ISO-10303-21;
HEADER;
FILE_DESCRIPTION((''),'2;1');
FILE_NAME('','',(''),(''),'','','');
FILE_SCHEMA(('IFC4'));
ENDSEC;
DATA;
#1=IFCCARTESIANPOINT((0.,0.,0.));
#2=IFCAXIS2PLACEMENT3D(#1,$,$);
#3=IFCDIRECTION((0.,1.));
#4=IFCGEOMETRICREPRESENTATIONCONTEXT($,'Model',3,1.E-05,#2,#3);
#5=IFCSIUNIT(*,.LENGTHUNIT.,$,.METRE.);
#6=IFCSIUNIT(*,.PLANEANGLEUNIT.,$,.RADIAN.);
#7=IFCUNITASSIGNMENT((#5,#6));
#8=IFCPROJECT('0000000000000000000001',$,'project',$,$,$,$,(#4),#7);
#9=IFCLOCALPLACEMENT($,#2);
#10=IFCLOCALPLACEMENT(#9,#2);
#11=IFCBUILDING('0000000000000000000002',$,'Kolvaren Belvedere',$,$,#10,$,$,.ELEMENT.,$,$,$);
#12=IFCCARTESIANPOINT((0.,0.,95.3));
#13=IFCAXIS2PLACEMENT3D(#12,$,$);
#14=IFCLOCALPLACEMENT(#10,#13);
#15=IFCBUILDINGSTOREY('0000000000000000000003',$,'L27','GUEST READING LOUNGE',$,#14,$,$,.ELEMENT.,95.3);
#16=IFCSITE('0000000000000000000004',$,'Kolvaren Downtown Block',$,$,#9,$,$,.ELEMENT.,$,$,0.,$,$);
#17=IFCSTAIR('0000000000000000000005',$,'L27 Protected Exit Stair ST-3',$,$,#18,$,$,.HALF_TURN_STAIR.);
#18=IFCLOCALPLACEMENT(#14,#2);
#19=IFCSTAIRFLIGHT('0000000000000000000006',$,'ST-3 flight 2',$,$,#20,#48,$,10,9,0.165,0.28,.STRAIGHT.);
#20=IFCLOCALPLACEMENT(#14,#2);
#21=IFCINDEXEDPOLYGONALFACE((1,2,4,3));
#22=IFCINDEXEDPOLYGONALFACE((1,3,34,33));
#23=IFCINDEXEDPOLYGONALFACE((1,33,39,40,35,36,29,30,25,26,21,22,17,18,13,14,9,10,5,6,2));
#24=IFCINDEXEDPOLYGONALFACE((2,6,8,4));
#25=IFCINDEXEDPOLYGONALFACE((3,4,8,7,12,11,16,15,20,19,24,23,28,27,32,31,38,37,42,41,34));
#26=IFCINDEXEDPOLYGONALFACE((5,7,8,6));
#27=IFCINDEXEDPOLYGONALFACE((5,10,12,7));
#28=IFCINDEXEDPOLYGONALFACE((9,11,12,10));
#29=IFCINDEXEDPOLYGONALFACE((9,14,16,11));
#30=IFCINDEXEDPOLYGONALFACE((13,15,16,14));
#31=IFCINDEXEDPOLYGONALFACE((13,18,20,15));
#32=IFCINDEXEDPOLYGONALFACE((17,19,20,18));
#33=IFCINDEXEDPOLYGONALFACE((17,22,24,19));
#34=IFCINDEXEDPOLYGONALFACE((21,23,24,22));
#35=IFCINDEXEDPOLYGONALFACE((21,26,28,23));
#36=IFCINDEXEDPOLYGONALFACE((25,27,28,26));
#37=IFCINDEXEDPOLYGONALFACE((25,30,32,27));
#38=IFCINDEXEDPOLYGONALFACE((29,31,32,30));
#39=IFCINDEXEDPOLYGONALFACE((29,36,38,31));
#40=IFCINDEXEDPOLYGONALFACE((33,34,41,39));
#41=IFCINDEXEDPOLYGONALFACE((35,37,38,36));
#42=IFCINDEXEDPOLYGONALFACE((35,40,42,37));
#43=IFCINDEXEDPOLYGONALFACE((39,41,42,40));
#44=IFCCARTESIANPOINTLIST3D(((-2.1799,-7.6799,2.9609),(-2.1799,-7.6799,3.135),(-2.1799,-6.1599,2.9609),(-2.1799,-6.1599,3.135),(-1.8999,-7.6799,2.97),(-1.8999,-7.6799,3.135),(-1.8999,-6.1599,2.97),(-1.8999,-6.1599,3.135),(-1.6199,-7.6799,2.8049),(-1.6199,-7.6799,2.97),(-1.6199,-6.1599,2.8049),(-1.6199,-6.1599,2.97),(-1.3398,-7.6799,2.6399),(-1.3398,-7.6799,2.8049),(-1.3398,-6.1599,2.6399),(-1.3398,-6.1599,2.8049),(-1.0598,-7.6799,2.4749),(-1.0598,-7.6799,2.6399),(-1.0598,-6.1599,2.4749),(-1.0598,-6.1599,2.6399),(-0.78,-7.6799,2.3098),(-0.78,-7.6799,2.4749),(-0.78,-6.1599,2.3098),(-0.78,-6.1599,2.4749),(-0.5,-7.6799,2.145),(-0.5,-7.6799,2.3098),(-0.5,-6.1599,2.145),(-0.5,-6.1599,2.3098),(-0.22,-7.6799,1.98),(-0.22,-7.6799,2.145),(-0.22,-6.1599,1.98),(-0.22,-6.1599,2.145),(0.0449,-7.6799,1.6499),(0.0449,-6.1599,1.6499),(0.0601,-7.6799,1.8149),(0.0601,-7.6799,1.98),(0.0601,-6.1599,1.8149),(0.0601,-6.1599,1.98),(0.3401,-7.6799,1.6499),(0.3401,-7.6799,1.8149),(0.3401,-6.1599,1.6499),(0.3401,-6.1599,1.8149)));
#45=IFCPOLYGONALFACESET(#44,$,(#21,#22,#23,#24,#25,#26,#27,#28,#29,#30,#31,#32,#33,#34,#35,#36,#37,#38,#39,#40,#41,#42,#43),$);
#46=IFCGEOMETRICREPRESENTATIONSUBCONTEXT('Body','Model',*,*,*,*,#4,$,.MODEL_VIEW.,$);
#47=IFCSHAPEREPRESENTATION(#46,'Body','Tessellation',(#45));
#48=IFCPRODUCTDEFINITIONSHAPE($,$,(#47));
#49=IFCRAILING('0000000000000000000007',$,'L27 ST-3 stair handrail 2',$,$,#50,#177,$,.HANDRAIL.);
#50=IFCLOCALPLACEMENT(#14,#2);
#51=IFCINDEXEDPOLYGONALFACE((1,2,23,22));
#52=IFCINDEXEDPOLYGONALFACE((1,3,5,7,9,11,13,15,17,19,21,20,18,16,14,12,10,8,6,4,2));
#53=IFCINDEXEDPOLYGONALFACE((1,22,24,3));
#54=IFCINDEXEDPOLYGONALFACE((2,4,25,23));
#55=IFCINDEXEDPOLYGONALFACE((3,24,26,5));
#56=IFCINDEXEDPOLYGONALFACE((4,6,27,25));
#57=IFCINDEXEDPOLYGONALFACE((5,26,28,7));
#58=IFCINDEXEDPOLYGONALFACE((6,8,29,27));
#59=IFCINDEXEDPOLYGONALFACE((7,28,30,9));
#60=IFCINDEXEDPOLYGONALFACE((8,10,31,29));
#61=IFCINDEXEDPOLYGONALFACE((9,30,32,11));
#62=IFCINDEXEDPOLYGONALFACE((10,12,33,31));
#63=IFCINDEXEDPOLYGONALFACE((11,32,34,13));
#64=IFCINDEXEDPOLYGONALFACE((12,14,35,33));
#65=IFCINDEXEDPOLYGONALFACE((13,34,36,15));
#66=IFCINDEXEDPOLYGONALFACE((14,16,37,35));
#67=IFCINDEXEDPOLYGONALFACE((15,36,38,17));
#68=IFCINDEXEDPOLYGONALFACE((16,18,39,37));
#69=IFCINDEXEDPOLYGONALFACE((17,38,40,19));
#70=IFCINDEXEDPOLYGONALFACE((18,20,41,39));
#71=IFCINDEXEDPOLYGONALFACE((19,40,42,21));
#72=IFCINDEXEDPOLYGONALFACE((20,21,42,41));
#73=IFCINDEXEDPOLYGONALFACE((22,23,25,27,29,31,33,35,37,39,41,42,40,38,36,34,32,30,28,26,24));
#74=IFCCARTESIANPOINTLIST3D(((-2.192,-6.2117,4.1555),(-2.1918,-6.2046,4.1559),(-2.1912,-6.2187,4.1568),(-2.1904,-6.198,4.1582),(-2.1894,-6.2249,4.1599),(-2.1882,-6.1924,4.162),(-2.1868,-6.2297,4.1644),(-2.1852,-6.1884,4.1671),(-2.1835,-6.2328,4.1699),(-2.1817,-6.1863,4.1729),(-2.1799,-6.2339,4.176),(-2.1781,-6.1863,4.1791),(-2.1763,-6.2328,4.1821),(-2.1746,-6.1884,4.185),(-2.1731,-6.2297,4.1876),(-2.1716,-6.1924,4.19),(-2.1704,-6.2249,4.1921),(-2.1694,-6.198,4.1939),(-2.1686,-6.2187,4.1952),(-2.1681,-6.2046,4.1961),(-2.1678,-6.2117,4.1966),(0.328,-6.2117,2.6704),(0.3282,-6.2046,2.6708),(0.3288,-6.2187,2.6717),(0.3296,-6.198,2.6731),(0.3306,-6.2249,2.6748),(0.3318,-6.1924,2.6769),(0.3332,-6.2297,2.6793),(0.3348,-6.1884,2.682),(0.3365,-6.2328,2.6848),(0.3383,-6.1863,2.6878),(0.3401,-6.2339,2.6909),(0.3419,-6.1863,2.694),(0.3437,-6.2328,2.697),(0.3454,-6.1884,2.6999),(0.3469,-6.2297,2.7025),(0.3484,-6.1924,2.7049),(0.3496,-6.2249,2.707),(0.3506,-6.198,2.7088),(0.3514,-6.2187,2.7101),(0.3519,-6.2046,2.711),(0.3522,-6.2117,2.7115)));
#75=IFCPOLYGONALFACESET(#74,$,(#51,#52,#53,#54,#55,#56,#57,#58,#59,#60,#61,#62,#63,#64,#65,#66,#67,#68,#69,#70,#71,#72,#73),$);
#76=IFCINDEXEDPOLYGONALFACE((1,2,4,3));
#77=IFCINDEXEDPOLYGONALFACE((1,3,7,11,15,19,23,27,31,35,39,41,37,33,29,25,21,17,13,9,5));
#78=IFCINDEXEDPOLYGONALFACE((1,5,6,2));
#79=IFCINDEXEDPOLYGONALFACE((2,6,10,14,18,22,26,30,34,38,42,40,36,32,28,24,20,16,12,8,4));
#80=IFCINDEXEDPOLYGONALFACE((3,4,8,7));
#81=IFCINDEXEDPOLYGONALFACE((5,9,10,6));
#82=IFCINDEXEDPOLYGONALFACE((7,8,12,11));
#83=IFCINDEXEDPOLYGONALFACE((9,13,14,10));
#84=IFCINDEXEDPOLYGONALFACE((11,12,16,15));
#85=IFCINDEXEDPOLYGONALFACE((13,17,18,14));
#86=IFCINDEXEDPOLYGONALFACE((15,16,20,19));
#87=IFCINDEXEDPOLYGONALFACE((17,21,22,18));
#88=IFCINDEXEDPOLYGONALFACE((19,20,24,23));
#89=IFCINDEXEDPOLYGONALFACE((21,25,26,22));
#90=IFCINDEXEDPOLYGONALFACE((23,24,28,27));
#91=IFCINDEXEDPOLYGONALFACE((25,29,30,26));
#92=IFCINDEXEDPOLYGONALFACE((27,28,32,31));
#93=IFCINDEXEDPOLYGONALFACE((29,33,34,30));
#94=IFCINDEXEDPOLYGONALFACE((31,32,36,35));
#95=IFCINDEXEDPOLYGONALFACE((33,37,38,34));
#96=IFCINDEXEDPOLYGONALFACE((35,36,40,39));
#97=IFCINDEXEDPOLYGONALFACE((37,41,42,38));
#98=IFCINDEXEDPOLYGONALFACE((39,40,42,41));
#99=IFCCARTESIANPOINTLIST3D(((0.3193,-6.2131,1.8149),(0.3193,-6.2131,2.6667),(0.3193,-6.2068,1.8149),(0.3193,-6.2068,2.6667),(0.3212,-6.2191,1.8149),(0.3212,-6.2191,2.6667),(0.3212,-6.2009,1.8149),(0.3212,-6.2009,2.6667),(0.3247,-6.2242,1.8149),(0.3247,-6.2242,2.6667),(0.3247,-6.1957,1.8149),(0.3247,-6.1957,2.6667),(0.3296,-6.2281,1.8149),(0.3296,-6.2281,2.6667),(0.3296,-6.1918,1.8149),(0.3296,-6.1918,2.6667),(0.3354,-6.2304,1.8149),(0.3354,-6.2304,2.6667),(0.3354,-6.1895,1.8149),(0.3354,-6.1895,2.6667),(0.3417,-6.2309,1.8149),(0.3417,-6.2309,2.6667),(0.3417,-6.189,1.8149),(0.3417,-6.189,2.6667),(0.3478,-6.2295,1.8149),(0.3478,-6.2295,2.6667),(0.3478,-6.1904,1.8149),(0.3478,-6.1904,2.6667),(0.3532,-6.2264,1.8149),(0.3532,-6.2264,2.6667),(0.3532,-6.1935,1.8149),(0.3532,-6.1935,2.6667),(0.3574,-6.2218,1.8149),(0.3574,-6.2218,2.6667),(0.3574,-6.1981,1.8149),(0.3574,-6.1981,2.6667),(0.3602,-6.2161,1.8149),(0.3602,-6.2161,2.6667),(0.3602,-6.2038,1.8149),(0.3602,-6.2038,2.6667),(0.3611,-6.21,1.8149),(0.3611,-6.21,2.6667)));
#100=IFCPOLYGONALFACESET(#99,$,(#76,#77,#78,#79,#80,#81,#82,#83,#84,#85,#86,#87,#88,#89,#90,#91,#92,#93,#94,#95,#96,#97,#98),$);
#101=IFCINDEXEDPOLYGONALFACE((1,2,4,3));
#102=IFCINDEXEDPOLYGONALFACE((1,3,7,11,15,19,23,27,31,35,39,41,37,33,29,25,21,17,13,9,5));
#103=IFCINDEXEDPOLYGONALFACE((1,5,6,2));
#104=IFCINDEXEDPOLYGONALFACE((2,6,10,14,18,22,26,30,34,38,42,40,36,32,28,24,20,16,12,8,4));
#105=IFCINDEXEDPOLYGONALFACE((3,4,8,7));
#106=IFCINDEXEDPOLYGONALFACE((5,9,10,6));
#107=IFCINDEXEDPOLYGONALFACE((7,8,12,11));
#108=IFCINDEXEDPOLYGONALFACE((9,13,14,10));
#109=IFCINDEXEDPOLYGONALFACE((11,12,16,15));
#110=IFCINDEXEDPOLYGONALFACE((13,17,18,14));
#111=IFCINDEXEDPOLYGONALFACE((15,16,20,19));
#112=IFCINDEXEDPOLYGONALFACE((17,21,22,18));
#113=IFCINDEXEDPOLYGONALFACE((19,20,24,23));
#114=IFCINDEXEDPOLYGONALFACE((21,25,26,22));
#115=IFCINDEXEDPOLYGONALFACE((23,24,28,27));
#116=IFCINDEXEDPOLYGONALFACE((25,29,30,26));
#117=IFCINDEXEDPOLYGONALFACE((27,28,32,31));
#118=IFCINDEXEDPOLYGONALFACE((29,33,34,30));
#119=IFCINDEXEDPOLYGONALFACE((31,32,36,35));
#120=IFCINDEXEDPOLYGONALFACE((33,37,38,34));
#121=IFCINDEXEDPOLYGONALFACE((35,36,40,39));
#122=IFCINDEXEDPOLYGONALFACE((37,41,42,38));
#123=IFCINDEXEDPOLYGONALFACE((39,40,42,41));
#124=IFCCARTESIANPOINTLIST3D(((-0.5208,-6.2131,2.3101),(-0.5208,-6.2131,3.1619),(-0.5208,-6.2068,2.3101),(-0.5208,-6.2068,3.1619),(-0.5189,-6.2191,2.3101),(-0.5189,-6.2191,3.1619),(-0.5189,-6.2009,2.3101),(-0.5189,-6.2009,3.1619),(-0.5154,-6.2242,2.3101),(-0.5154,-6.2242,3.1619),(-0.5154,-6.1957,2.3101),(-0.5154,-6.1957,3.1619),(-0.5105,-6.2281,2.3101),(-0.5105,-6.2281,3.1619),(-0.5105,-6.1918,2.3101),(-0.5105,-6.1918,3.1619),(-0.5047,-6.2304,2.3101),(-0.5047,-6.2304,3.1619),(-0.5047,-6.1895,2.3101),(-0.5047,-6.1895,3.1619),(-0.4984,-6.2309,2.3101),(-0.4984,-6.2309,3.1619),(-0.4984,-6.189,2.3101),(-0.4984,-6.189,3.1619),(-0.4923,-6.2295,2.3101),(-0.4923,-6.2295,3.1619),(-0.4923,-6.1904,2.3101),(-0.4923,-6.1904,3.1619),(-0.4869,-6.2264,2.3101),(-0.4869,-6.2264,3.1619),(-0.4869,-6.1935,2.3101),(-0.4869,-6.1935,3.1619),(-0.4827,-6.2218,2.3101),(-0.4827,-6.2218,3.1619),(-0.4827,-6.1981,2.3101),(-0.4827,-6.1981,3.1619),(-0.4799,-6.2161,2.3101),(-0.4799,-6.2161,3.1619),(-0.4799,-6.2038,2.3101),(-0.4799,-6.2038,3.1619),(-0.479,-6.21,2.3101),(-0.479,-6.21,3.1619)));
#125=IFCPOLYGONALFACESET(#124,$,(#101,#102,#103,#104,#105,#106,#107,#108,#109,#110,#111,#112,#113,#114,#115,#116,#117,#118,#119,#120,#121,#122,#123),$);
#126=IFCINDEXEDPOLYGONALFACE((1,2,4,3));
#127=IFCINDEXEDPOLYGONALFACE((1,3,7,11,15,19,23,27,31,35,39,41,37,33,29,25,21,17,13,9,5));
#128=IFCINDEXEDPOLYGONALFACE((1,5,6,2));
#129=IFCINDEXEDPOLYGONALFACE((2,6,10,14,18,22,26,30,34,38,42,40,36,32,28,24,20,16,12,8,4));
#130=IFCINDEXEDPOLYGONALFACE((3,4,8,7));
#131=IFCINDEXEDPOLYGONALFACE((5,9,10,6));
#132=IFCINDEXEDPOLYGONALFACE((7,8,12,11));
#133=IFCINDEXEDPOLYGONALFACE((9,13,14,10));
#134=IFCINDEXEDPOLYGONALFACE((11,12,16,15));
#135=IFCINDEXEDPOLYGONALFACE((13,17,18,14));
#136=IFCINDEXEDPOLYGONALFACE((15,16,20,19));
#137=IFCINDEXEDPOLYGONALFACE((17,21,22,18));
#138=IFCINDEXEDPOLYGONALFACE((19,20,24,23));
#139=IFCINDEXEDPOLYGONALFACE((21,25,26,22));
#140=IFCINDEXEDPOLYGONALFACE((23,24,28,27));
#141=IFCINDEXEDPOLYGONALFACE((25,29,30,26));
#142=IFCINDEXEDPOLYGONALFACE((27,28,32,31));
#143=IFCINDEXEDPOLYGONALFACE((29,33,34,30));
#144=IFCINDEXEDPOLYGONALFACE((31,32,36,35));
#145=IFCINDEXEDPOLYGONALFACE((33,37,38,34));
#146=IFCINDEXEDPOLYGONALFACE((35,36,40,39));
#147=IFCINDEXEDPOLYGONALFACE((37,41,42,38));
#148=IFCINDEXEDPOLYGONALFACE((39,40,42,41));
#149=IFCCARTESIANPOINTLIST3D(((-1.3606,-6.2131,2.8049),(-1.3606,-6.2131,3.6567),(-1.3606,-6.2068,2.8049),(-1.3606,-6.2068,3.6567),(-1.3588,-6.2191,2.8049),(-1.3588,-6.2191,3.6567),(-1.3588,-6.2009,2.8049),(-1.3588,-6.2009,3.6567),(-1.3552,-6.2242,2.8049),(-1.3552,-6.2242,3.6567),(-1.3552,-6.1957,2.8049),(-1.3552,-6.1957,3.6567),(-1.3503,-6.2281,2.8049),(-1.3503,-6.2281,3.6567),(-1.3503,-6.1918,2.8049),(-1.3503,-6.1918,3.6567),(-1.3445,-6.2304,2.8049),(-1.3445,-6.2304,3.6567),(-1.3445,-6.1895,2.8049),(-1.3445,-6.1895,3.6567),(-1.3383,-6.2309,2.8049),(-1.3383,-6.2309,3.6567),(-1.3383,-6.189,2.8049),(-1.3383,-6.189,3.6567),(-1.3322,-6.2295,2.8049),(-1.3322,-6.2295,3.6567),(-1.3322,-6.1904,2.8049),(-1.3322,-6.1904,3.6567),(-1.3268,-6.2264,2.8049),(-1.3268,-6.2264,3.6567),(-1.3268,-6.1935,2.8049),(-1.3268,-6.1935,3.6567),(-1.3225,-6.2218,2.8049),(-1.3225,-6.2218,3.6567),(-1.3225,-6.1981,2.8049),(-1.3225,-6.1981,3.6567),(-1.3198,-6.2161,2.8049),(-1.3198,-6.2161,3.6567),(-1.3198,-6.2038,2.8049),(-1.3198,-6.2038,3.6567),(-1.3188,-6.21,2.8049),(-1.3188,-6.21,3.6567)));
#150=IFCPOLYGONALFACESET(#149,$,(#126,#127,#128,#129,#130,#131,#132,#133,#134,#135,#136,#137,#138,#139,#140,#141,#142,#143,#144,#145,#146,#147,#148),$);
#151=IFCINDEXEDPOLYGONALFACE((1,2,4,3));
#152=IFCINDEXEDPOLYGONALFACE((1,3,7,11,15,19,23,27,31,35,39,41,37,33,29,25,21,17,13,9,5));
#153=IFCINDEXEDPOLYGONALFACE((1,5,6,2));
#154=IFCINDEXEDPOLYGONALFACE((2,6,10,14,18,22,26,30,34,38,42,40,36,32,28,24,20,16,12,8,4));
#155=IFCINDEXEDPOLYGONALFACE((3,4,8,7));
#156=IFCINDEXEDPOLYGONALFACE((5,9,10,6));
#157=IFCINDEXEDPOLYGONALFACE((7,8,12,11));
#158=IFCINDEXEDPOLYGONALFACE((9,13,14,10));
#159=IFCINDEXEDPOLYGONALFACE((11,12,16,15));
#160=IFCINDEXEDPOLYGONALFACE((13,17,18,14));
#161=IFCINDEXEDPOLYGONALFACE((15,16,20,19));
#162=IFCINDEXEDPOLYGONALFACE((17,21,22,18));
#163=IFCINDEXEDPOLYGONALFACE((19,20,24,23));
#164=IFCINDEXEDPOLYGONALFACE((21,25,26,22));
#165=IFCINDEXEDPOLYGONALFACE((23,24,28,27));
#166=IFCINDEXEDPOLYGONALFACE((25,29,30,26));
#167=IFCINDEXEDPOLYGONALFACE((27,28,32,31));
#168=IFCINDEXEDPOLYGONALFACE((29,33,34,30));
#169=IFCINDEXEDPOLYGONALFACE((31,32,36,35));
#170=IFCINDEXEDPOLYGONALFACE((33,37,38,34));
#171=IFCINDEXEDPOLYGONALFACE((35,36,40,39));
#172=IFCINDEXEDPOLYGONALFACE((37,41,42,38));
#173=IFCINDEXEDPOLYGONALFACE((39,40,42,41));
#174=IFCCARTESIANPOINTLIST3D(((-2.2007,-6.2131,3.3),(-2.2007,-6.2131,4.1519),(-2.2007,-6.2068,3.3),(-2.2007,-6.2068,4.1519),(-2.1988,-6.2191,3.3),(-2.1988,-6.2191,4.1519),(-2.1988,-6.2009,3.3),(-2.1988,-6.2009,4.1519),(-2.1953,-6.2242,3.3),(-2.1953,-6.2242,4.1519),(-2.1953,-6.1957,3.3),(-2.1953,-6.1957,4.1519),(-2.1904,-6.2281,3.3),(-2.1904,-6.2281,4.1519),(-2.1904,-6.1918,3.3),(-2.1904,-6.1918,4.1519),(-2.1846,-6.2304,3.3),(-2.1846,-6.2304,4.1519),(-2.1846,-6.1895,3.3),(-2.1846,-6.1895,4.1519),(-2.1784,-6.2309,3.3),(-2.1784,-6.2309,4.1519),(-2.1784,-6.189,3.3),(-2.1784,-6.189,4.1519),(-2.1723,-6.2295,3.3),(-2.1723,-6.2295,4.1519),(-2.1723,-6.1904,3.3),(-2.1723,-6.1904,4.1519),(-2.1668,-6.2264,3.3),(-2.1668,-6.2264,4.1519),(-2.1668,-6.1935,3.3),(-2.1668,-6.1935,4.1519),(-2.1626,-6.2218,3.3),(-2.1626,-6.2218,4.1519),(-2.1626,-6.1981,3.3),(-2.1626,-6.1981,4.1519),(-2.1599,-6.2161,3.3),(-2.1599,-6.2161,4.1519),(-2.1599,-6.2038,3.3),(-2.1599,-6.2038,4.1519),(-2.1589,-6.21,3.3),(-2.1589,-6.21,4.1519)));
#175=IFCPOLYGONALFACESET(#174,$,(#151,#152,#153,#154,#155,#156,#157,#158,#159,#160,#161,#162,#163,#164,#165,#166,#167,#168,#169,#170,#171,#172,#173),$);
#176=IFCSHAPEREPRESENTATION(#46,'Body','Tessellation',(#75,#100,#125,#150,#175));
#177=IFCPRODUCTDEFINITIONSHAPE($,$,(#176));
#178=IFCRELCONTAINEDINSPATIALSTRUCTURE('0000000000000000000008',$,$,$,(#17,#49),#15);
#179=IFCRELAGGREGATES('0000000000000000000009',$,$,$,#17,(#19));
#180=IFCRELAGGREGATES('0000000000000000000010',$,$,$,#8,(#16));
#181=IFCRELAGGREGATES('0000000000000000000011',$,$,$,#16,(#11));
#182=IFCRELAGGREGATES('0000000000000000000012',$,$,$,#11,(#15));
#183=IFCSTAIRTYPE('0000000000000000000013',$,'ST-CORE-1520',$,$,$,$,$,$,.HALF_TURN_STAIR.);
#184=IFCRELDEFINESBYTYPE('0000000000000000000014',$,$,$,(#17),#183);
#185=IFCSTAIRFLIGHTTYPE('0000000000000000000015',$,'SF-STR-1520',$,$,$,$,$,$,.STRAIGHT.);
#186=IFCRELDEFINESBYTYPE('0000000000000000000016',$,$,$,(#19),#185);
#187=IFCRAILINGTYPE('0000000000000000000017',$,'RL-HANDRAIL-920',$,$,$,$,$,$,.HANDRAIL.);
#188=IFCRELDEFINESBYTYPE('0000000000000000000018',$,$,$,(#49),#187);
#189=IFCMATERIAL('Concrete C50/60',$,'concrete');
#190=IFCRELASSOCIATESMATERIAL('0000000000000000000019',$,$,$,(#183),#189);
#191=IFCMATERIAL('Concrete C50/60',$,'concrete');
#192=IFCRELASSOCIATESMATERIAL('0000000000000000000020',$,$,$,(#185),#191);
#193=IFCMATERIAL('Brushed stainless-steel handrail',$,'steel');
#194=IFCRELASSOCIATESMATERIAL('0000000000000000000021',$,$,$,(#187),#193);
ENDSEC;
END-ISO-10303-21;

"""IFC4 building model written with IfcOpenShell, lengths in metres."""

from ifc_helpers import new_model, si_unit, direction, frame, origin, origin_2d, place, context, subcontext, project, spatial, polyline, circle, outline, extrude, material, type_object, element, aggregate, save


model = new_model("IFC4")

# Units and contexts
model_context = context("Model", 3, precision=1e-05, world=origin(), true_north=direction((0.0, 1.0)))
body_context = subcontext(model_context, "Body", "Model", "MODEL_VIEW")
ifc_project = project(units=[si_unit("LENGTHUNIT", "METRE"), si_unit("PLANEANGLEUNIT", "RADIAN")], contexts=[model_context])

# Site, building, storey
site_placement = place(None, origin())
site = spatial("IfcSite", under=ifc_project, at=site_placement, Name="Kolvaren Downtown Block", CompositionType="ELEMENT", RefElevation=0.0)
building_placement = place(site_placement, origin())
building = spatial("IfcBuilding", under=site, at=building_placement, Name="Kolvaren Belvedere", CompositionType="ELEMENT")
storey_placement = place(building_placement, frame((0.0, 0.0, 95.3)))
storey = spatial("IfcBuildingStorey", under=building, at=storey_placement, Name="L27", Description="GUEST READING LOUNGE", CompositionType="ELEMENT", Elevation=95.3)

# Shared definitions
ifc_material_1 = material(Name="Concrete C50/60", Category="concrete")
stair_type = type_object("IfcStairType", Name="ST-CORE-1520", PredefinedType="HALF_TURN_STAIR", material=ifc_material_1)

# Stair, stair flight
stair_1_placement = place(storey_placement, origin())
stair_1 = element("IfcStair", 1, at=stair_1_placement, inside=storey, type_object=stair_type, Name="L27 Protected Exit Stair ST-3", PredefinedType="HALF_TURN_STAIR")
ifc_material_2 = material(Name="Concrete C50/60", Category="concrete")
stair_flight_type = type_object("IfcStairFlightType", Name="SF-STR-1520", PredefinedType="STRAIGHT", material=ifc_material_2)
stair_flight_placement = place(storey_placement, frame((0.3401, -6.9199, 1.6499), z_axis=(0.0, 0.0, 1.0), x_axis=(-1.0, 0.0, 0.0)))
stair_flight = element("IfcStairFlight", 2, at=stair_flight_placement, type_object=stair_flight_type, Name="ST-3 flight 2", NumberOfRisers=10, NumberOfTreads=9, PredefinedType="STRAIGHT", RiserHeight=0.165, TreadLength=0.28, context=body_context, shape_type="SweptSolid", body=[
    extrude(outline(polyline([(0.0, 0.0), (0.0, 0.165), (0.28, 0.165), (0.28, 0.3301), (0.5601, 0.3301), (0.5601, 0.4951), (0.8401, 0.4951), (0.8401, 0.6599), (1.1201, 0.6599), (1.1201, 0.825), (1.3999, 0.825), (1.3999, 0.99), (1.6799, 0.99), (1.6799, 1.155), (1.96, 1.155), (1.96, 1.3201), (2.24, 1.3201), (2.24, 1.4851), (2.52, 1.4851), (2.52, 1.6499), (2.52, 1.311), (0.2952, 0.0), (0.0, 0.0)])), frame((0.0, 0.76, 0.0), z_axis=(0.0, -1.0, 0.0), x_axis=(1.0, 0.0, 0.0)), (0.0, 0.0, 1.0), 1.52),
])
aggregate(stair_1, [stair_flight])

# Railing
ifc_material_3 = material(Name="Brushed stainless-steel handrail", Category="steel")
railing_type_1 = type_object("IfcRailingType", Name="RL-HANDRAIL-920", PredefinedType="HANDRAIL", material=ifc_material_3)
railing_1_placement = place(storey_placement, frame((0.3401, -6.21, 1.8149)))
element("IfcRailing", 3, at=railing_1_placement, inside=storey, type_object=railing_type_1, Name="L27 ST-3 stair handrail 2", PredefinedType="HANDRAIL", context=body_context, shape_type="SweptSolid", body=[
    extrude(circle(Radius=0.0239, at=origin_2d()), frame((0.0, 0.0, 0.876), z_axis=(-0.861524, 0.0, 0.507717), x_axis=(0.0, -1.0, 0.0)), (0.0, 0.0, 1.0), 2.925),
    extrude(circle(Radius=0.021, at=origin_2d()), origin(), (0.0, 0.0, 1.0), 0.8518),
    extrude(circle(Radius=0.021, at=origin_2d()), frame((-0.8401, 0.0, 0.4951)), (0.0, 0.0, 1.0), 0.8518),
    extrude(circle(Radius=0.021, at=origin_2d()), frame((-1.6799, 0.0, 0.99)), (0.0, 0.0, 1.0), 0.8518),
    extrude(circle(Radius=0.021, at=origin_2d()), frame((-2.52, 0.0, 1.4851)), (0.0, 0.0, 1.0), 0.8518),
])

save(model, "model.ifc")
